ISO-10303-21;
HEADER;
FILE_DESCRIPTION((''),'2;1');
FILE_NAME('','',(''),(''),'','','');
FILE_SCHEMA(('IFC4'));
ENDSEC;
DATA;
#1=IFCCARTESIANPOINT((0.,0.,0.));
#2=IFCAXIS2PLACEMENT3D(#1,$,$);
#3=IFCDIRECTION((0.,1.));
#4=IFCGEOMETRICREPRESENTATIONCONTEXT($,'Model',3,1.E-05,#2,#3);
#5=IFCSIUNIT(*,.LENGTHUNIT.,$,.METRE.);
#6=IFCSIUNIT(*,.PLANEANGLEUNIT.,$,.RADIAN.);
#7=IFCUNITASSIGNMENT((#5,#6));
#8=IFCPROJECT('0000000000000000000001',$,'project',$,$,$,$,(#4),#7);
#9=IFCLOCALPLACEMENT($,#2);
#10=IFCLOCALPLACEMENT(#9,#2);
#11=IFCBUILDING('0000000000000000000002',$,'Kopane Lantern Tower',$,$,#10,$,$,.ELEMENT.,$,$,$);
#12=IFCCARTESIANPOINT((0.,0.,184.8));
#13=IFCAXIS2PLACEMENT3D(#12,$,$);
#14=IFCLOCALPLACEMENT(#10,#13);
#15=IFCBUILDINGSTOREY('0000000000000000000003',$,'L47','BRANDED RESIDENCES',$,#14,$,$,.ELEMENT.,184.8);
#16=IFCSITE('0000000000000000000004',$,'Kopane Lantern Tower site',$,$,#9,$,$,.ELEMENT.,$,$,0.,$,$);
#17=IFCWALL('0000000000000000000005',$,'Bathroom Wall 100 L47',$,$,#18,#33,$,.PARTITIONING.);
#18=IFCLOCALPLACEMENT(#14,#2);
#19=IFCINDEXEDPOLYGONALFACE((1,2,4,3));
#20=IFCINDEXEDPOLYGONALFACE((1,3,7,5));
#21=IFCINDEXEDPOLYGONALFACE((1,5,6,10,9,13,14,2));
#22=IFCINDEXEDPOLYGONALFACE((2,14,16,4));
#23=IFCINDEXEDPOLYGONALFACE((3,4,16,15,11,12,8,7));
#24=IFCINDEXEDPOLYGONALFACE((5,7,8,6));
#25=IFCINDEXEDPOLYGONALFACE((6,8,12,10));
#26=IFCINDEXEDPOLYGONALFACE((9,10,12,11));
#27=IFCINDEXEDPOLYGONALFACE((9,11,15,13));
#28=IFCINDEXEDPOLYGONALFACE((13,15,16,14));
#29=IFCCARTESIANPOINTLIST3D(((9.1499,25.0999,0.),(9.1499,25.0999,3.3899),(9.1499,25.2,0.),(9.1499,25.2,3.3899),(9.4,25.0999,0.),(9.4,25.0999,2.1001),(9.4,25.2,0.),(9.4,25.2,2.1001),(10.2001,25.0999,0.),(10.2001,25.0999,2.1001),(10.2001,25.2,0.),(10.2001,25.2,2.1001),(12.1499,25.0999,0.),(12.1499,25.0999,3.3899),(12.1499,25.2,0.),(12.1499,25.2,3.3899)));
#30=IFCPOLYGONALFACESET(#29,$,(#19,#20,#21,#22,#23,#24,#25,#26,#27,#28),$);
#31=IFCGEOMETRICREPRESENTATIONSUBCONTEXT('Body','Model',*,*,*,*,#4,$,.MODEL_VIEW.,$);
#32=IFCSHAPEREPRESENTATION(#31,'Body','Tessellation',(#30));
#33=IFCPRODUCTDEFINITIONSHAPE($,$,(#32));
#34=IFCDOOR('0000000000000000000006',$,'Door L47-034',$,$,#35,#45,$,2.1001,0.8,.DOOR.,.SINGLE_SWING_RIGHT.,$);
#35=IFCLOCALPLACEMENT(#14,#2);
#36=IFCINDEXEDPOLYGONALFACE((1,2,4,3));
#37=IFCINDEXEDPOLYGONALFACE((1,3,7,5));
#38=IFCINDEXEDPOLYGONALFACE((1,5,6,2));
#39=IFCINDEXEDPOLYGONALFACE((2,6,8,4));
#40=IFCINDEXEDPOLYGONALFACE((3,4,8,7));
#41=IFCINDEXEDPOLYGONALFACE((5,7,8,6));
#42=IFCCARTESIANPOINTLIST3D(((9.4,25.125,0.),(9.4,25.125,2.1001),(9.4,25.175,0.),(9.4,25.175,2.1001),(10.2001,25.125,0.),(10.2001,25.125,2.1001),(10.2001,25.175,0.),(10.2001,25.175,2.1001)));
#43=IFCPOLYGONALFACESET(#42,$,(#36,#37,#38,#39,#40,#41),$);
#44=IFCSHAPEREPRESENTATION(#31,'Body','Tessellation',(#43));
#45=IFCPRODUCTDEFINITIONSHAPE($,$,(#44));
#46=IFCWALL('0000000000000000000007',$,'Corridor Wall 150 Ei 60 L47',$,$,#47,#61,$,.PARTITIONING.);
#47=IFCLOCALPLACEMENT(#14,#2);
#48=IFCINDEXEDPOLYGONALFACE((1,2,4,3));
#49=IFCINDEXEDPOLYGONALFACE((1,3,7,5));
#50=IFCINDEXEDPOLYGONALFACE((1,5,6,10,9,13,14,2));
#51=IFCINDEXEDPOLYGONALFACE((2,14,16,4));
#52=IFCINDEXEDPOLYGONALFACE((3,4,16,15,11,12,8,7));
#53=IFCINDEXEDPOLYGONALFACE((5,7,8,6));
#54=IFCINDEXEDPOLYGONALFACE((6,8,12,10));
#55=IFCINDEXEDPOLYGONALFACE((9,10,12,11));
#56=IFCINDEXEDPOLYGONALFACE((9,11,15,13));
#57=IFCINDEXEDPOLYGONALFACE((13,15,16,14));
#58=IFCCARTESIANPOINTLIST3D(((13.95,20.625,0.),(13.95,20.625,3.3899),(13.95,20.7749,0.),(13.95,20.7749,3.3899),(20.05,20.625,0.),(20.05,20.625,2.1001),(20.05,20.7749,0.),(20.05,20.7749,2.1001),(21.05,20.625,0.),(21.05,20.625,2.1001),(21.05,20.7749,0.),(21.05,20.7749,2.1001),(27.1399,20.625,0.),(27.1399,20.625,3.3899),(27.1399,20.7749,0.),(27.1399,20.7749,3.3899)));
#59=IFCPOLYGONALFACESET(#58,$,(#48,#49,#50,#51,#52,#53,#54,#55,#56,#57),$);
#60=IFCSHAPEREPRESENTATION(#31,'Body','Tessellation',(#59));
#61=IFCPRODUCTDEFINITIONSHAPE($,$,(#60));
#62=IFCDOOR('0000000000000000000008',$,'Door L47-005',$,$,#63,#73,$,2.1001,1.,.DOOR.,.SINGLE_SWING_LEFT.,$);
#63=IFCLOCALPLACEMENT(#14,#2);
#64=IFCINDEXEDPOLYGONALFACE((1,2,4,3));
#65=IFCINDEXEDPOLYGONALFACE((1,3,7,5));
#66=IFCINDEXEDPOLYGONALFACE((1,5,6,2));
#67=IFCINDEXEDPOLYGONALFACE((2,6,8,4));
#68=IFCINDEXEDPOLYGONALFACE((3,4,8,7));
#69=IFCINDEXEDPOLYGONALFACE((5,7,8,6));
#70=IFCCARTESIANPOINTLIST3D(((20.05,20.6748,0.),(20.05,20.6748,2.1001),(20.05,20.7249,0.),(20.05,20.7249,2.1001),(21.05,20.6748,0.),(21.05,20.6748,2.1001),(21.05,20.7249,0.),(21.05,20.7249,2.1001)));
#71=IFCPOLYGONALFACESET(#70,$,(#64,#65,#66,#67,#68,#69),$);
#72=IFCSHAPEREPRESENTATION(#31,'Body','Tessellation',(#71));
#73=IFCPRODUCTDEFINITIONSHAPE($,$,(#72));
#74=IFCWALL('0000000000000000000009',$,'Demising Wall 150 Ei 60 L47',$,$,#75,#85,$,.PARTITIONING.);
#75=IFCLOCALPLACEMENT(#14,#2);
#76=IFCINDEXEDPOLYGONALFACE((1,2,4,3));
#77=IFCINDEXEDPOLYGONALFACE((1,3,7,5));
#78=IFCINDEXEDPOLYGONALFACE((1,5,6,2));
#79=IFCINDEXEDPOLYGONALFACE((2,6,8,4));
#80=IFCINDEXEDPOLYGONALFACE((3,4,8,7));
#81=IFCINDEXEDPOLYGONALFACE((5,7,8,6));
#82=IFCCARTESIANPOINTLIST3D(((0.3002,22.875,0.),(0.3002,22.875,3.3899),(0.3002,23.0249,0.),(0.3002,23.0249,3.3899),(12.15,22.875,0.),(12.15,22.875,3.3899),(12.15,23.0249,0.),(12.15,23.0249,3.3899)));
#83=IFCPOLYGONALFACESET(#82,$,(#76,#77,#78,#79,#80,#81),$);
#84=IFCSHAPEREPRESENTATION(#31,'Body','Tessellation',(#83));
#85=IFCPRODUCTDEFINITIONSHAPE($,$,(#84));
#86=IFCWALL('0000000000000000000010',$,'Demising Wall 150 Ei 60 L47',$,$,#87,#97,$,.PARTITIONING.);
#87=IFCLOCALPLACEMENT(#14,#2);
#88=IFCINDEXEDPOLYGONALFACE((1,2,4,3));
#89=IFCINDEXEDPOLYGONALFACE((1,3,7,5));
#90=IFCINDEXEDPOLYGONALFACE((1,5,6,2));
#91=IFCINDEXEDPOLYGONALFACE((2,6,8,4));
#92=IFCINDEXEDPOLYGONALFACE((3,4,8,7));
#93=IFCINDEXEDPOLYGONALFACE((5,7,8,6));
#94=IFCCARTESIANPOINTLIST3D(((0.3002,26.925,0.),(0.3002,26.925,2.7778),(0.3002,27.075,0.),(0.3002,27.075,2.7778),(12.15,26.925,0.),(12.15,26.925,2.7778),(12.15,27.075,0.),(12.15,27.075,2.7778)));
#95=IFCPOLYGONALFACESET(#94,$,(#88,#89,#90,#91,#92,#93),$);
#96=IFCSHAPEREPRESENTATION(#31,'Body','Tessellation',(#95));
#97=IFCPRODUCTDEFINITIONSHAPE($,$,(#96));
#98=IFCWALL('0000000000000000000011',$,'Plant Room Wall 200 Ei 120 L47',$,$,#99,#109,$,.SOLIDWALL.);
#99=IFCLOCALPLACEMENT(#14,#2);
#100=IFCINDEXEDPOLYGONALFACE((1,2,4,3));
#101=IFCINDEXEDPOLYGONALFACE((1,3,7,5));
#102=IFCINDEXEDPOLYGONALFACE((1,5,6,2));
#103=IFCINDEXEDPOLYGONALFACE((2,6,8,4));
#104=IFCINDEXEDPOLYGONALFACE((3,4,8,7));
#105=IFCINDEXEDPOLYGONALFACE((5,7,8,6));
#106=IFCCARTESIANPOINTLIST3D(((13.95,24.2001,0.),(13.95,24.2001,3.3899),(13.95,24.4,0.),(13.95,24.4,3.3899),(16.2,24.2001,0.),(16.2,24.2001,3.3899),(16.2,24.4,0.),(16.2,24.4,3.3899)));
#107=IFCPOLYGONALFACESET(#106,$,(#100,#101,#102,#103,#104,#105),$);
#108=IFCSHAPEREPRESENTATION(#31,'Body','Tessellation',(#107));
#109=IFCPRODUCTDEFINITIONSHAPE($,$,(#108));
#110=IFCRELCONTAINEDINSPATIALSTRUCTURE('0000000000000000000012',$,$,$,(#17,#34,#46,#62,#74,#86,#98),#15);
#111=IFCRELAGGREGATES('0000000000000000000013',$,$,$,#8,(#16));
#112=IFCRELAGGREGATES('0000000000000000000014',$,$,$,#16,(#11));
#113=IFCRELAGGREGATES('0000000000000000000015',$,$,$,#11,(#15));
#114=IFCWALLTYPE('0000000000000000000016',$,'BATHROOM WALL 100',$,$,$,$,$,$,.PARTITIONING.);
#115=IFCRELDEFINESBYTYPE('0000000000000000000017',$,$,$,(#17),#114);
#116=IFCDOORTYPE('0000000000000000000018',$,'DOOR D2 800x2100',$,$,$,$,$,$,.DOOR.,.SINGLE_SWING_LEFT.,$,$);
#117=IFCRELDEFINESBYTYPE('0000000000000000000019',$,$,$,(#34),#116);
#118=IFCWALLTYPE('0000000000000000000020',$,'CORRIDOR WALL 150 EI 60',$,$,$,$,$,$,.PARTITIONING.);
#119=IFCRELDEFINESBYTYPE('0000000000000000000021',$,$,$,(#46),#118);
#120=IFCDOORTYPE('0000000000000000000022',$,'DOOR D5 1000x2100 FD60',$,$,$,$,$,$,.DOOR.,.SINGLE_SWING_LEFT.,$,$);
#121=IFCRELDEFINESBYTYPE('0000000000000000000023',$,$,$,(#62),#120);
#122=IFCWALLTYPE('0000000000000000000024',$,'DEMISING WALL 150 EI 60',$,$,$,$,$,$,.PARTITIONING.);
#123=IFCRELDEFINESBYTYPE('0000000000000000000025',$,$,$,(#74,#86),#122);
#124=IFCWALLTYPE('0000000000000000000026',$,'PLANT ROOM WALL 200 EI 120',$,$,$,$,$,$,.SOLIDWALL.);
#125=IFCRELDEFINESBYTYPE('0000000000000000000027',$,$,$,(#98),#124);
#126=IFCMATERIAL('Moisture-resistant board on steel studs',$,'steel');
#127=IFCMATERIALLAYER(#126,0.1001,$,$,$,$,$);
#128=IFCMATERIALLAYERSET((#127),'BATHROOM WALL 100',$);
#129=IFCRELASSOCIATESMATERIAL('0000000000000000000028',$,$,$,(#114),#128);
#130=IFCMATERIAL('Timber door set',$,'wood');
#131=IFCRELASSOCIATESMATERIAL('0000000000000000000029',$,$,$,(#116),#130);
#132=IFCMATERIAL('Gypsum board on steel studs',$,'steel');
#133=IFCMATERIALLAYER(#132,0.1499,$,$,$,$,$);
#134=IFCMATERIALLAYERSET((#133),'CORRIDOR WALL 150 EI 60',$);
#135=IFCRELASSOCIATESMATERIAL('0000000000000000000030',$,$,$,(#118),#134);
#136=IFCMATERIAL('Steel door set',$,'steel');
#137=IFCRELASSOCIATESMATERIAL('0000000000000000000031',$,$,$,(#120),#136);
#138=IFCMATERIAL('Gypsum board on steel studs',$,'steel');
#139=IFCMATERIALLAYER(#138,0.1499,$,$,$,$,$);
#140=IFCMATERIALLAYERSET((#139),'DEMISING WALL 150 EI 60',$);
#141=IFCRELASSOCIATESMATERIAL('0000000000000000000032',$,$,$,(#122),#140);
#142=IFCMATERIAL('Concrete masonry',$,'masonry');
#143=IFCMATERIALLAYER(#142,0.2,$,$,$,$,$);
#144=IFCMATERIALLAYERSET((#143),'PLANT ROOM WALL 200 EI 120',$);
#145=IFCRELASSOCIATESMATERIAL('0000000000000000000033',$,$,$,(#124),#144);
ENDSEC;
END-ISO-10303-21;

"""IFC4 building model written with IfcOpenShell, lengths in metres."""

from ifc_helpers import new_model, si_unit, direction, frame, frame_2d, origin, place, context, subcontext, project, spatial, rectangle, extrude, material, layer, layer_set, type_object, element, fill, save


model = new_model("IFC4")

# Units and contexts
model_context = context("Model", 3, precision=1e-05, world=origin(), true_north=direction((0.0, 1.0)))
body_context = subcontext(model_context, "Body", "Model", "MODEL_VIEW")
ifc_project = project(units=[si_unit("LENGTHUNIT", "METRE"), si_unit("PLANEANGLEUNIT", "RADIAN")], contexts=[model_context])

# Site, building, storey
site_placement = place(None, origin())
site = spatial("IfcSite", under=ifc_project, at=site_placement, Name="Kopane Lantern Tower site", CompositionType="ELEMENT", RefElevation=0.0)
building_placement = place(site_placement, origin())
building = spatial("IfcBuilding", under=site, at=building_placement, Name="Kopane Lantern Tower", CompositionType="ELEMENT")
storey_placement = place(building_placement, frame((0.0, 0.0, 184.8)))
storey = spatial("IfcBuildingStorey", under=building, at=storey_placement, Name="L47", Description="BRANDED RESIDENCES", CompositionType="ELEMENT", Elevation=184.8)

# Walls, openings, doors
ifc_material_1 = material(Name="Moisture-resistant board on steel studs", Category="steel")
ifc_layer_1 = layer(ifc_material_1, 0.1001)
ifc_layer_set_1 = layer_set([ifc_layer_1], Name="BATHROOM WALL 100")
wall_type_1 = type_object("IfcWallType", Name="BATHROOM WALL 100", PredefinedType="PARTITIONING", material=ifc_layer_set_1)
ifc_material_2 = material(Name="Timber door set", Category="wood")
door_type_1 = type_object("IfcDoorType", Name="DOOR D2 800x2100", OperationType="SINGLE_SWING_LEFT", PredefinedType="DOOR", material=ifc_material_2)
wall_1_placement = place(storey_placement, frame((12.1499, 25.1499, 0.0), z_axis=(0.0, 0.0, 1.0), x_axis=(-1.0, 0.0, 0.0)))
wall_1 = element("IfcWall", 1, at=wall_1_placement, inside=storey, type_object=wall_type_1, Name="Bathroom Wall 100 L47", PredefinedType="PARTITIONING", context=body_context, shape_type="SweptSolid", body=[
    extrude(rectangle(XDim=3.0, YDim=0.1001, at=frame_2d((1.5, 0.0))), origin(), (0.0, 0.0, 1.0), 3.3899),
])
opening_1_placement = place(wall_1_placement, frame((1.95, 0.0, 0.0)))
opening_1 = element("IfcOpeningElement", 2, at=opening_1_placement, cuts=wall_1, PredefinedType="OPENING", context=body_context, shape_type="SweptSolid", body=[
    extrude(rectangle(XDim=0.8, YDim=2.1001, at=frame_2d((0.3999, 1.05))), frame((0.0, 0.0601, 0.0), z_axis=(0.0, -1.0, 0.0), x_axis=(1.0, 0.0, 0.0)), (0.0, 0.0, 1.0), 0.1201),
])
door_1_placement = place(opening_1_placement, origin())
door_1 = element("IfcDoor", 3, at=door_1_placement, inside=storey, type_object=door_type_1, Name="Door L47-034", OperationType="SINGLE_SWING_RIGHT", OverallHeight=2.1001, OverallWidth=0.8, PredefinedType="DOOR", context=body_context, shape_type="SweptSolid", body=[
    extrude(rectangle(XDim=0.8, YDim=2.1001, at=frame_2d((0.3999, 1.05))), frame((0.0, 0.0249, 0.0), z_axis=(0.0, -1.0, 0.0), x_axis=(1.0, 0.0, 0.0)), (0.0, 0.0, 1.0), 0.05),
])
fill(opening_1, door_1)
ifc_material_3 = material(Name="Gypsum board on steel studs", Category="steel")
ifc_layer_2 = layer(ifc_material_3, 0.1499)
ifc_layer_set_2 = layer_set([ifc_layer_2], Name="CORRIDOR WALL 150 EI 60")
wall_type_2 = type_object("IfcWallType", Name="CORRIDOR WALL 150 EI 60", PredefinedType="PARTITIONING", material=ifc_layer_set_2)
wall_2_placement = place(storey_placement, frame((13.95, 20.7, 0.0), z_axis=(0.0, 0.0, 1.0), x_axis=(1.0, 0.0, 0.0)))
wall_2 = element("IfcWall", 4, at=wall_2_placement, inside=storey, type_object=wall_type_2, Name="Corridor Wall 150 Ei 60 L47", PredefinedType="PARTITIONING", context=body_context, shape_type="SweptSolid", body=[
    extrude(rectangle(XDim=13.1899, YDim=0.1499, at=frame_2d((6.595, 0.0))), origin(), (0.0, 0.0, 1.0), 3.3899),
])
opening_2_placement = place(wall_2_placement, frame((6.1001, 0.0, 0.0)))
opening_2 = element("IfcOpeningElement", 5, at=opening_2_placement, cuts=wall_2, PredefinedType="OPENING", context=body_context, shape_type="SweptSolid", body=[
    extrude(rectangle(XDim=1.0, YDim=2.1001, at=frame_2d((0.5, 1.05))), frame((0.0, 0.085, 0.0), z_axis=(0.0, -1.0, 0.0), x_axis=(1.0, 0.0, 0.0)), (0.0, 0.0, 1.0), 0.1699),
])
ifc_material_4 = material(Name="Steel door set", Category="steel")
door_type_2 = type_object("IfcDoorType", Name="DOOR D5 1000x2100 FD60", OperationType="SINGLE_SWING_LEFT", PredefinedType="DOOR", material=ifc_material_4)
door_2_placement = place(opening_2_placement, origin())
door_2 = element("IfcDoor", 6, at=door_2_placement, inside=storey, type_object=door_type_2, Name="Door L47-005", OperationType="SINGLE_SWING_LEFT", OverallHeight=2.1001, OverallWidth=1.0, PredefinedType="DOOR", context=body_context, shape_type="SweptSolid", body=[
    extrude(rectangle(XDim=1.0, YDim=2.1001, at=frame_2d((0.5, 1.05))), frame((0.0, 0.0249, 0.0), z_axis=(0.0, -1.0, 0.0), x_axis=(1.0, 0.0, 0.0)), (0.0, 0.0, 1.0), 0.05),
])
fill(opening_2, door_2)

# Walls
ifc_material_5 = material(Name="Gypsum board on steel studs", Category="steel")
ifc_layer_3 = layer(ifc_material_5, 0.1499)
ifc_layer_set_3 = layer_set([ifc_layer_3], Name="DEMISING WALL 150 EI 60")
wall_type_3 = type_object("IfcWallType", Name="DEMISING WALL 150 EI 60", PredefinedType="PARTITIONING", material=ifc_layer_set_3)
wall_3_placement = place(storey_placement, frame((12.1499, 22.95, 0.0), z_axis=(0.0, 0.0, 1.0), x_axis=(-1.0, 0.0, 0.0)))
element("IfcWall", 7, at=wall_3_placement, inside=storey, type_object=wall_type_3, Name="Demising Wall 150 Ei 60 L47", PredefinedType="PARTITIONING", context=body_context, shape_type="SweptSolid", body=[
    extrude(rectangle(XDim=11.8499, YDim=0.1499, at=frame_2d((5.9248, 0.0))), origin(), (0.0, 0.0, 1.0), 3.3899),
])
wall_4_placement = place(storey_placement, frame((12.1499, 27.0, 0.0), z_axis=(0.0, 0.0, 1.0), x_axis=(-1.0, 0.0, 0.0)))
element("IfcWall", 8, at=wall_4_placement, inside=storey, type_object=wall_type_3, Name="Demising Wall 150 Ei 60 L47", PredefinedType="PARTITIONING", context=body_context, shape_type="SweptSolid", body=[
    extrude(rectangle(XDim=11.8499, YDim=0.1499, at=frame_2d((5.9248, 0.0))), origin(), (0.0, 0.0, 1.0), 2.7778),
])
ifc_material_6 = material(Name="Concrete masonry", Category="masonry")
ifc_layer_4 = layer(ifc_material_6, 0.2)
ifc_layer_set_4 = layer_set([ifc_layer_4], Name="PLANT ROOM WALL 200 EI 120")
wall_type_4 = type_object("IfcWallType", Name="PLANT ROOM WALL 200 EI 120", PredefinedType="SOLIDWALL", material=ifc_layer_set_4)
wall_5_placement = place(storey_placement, frame((13.95, 24.3, 0.0), z_axis=(0.0, 0.0, 1.0), x_axis=(1.0, 0.0, 0.0)))
element("IfcWall", 9, at=wall_5_placement, inside=storey, type_object=wall_type_4, Name="Plant Room Wall 200 Ei 120 L47", PredefinedType="SOLIDWALL", context=body_context, shape_type="SweptSolid", body=[
    extrude(rectangle(XDim=2.25, YDim=0.2, at=frame_2d((1.125, 0.0))), origin(), (0.0, 0.0, 1.0), 3.3899),
])

save(model, "model.ifc")
